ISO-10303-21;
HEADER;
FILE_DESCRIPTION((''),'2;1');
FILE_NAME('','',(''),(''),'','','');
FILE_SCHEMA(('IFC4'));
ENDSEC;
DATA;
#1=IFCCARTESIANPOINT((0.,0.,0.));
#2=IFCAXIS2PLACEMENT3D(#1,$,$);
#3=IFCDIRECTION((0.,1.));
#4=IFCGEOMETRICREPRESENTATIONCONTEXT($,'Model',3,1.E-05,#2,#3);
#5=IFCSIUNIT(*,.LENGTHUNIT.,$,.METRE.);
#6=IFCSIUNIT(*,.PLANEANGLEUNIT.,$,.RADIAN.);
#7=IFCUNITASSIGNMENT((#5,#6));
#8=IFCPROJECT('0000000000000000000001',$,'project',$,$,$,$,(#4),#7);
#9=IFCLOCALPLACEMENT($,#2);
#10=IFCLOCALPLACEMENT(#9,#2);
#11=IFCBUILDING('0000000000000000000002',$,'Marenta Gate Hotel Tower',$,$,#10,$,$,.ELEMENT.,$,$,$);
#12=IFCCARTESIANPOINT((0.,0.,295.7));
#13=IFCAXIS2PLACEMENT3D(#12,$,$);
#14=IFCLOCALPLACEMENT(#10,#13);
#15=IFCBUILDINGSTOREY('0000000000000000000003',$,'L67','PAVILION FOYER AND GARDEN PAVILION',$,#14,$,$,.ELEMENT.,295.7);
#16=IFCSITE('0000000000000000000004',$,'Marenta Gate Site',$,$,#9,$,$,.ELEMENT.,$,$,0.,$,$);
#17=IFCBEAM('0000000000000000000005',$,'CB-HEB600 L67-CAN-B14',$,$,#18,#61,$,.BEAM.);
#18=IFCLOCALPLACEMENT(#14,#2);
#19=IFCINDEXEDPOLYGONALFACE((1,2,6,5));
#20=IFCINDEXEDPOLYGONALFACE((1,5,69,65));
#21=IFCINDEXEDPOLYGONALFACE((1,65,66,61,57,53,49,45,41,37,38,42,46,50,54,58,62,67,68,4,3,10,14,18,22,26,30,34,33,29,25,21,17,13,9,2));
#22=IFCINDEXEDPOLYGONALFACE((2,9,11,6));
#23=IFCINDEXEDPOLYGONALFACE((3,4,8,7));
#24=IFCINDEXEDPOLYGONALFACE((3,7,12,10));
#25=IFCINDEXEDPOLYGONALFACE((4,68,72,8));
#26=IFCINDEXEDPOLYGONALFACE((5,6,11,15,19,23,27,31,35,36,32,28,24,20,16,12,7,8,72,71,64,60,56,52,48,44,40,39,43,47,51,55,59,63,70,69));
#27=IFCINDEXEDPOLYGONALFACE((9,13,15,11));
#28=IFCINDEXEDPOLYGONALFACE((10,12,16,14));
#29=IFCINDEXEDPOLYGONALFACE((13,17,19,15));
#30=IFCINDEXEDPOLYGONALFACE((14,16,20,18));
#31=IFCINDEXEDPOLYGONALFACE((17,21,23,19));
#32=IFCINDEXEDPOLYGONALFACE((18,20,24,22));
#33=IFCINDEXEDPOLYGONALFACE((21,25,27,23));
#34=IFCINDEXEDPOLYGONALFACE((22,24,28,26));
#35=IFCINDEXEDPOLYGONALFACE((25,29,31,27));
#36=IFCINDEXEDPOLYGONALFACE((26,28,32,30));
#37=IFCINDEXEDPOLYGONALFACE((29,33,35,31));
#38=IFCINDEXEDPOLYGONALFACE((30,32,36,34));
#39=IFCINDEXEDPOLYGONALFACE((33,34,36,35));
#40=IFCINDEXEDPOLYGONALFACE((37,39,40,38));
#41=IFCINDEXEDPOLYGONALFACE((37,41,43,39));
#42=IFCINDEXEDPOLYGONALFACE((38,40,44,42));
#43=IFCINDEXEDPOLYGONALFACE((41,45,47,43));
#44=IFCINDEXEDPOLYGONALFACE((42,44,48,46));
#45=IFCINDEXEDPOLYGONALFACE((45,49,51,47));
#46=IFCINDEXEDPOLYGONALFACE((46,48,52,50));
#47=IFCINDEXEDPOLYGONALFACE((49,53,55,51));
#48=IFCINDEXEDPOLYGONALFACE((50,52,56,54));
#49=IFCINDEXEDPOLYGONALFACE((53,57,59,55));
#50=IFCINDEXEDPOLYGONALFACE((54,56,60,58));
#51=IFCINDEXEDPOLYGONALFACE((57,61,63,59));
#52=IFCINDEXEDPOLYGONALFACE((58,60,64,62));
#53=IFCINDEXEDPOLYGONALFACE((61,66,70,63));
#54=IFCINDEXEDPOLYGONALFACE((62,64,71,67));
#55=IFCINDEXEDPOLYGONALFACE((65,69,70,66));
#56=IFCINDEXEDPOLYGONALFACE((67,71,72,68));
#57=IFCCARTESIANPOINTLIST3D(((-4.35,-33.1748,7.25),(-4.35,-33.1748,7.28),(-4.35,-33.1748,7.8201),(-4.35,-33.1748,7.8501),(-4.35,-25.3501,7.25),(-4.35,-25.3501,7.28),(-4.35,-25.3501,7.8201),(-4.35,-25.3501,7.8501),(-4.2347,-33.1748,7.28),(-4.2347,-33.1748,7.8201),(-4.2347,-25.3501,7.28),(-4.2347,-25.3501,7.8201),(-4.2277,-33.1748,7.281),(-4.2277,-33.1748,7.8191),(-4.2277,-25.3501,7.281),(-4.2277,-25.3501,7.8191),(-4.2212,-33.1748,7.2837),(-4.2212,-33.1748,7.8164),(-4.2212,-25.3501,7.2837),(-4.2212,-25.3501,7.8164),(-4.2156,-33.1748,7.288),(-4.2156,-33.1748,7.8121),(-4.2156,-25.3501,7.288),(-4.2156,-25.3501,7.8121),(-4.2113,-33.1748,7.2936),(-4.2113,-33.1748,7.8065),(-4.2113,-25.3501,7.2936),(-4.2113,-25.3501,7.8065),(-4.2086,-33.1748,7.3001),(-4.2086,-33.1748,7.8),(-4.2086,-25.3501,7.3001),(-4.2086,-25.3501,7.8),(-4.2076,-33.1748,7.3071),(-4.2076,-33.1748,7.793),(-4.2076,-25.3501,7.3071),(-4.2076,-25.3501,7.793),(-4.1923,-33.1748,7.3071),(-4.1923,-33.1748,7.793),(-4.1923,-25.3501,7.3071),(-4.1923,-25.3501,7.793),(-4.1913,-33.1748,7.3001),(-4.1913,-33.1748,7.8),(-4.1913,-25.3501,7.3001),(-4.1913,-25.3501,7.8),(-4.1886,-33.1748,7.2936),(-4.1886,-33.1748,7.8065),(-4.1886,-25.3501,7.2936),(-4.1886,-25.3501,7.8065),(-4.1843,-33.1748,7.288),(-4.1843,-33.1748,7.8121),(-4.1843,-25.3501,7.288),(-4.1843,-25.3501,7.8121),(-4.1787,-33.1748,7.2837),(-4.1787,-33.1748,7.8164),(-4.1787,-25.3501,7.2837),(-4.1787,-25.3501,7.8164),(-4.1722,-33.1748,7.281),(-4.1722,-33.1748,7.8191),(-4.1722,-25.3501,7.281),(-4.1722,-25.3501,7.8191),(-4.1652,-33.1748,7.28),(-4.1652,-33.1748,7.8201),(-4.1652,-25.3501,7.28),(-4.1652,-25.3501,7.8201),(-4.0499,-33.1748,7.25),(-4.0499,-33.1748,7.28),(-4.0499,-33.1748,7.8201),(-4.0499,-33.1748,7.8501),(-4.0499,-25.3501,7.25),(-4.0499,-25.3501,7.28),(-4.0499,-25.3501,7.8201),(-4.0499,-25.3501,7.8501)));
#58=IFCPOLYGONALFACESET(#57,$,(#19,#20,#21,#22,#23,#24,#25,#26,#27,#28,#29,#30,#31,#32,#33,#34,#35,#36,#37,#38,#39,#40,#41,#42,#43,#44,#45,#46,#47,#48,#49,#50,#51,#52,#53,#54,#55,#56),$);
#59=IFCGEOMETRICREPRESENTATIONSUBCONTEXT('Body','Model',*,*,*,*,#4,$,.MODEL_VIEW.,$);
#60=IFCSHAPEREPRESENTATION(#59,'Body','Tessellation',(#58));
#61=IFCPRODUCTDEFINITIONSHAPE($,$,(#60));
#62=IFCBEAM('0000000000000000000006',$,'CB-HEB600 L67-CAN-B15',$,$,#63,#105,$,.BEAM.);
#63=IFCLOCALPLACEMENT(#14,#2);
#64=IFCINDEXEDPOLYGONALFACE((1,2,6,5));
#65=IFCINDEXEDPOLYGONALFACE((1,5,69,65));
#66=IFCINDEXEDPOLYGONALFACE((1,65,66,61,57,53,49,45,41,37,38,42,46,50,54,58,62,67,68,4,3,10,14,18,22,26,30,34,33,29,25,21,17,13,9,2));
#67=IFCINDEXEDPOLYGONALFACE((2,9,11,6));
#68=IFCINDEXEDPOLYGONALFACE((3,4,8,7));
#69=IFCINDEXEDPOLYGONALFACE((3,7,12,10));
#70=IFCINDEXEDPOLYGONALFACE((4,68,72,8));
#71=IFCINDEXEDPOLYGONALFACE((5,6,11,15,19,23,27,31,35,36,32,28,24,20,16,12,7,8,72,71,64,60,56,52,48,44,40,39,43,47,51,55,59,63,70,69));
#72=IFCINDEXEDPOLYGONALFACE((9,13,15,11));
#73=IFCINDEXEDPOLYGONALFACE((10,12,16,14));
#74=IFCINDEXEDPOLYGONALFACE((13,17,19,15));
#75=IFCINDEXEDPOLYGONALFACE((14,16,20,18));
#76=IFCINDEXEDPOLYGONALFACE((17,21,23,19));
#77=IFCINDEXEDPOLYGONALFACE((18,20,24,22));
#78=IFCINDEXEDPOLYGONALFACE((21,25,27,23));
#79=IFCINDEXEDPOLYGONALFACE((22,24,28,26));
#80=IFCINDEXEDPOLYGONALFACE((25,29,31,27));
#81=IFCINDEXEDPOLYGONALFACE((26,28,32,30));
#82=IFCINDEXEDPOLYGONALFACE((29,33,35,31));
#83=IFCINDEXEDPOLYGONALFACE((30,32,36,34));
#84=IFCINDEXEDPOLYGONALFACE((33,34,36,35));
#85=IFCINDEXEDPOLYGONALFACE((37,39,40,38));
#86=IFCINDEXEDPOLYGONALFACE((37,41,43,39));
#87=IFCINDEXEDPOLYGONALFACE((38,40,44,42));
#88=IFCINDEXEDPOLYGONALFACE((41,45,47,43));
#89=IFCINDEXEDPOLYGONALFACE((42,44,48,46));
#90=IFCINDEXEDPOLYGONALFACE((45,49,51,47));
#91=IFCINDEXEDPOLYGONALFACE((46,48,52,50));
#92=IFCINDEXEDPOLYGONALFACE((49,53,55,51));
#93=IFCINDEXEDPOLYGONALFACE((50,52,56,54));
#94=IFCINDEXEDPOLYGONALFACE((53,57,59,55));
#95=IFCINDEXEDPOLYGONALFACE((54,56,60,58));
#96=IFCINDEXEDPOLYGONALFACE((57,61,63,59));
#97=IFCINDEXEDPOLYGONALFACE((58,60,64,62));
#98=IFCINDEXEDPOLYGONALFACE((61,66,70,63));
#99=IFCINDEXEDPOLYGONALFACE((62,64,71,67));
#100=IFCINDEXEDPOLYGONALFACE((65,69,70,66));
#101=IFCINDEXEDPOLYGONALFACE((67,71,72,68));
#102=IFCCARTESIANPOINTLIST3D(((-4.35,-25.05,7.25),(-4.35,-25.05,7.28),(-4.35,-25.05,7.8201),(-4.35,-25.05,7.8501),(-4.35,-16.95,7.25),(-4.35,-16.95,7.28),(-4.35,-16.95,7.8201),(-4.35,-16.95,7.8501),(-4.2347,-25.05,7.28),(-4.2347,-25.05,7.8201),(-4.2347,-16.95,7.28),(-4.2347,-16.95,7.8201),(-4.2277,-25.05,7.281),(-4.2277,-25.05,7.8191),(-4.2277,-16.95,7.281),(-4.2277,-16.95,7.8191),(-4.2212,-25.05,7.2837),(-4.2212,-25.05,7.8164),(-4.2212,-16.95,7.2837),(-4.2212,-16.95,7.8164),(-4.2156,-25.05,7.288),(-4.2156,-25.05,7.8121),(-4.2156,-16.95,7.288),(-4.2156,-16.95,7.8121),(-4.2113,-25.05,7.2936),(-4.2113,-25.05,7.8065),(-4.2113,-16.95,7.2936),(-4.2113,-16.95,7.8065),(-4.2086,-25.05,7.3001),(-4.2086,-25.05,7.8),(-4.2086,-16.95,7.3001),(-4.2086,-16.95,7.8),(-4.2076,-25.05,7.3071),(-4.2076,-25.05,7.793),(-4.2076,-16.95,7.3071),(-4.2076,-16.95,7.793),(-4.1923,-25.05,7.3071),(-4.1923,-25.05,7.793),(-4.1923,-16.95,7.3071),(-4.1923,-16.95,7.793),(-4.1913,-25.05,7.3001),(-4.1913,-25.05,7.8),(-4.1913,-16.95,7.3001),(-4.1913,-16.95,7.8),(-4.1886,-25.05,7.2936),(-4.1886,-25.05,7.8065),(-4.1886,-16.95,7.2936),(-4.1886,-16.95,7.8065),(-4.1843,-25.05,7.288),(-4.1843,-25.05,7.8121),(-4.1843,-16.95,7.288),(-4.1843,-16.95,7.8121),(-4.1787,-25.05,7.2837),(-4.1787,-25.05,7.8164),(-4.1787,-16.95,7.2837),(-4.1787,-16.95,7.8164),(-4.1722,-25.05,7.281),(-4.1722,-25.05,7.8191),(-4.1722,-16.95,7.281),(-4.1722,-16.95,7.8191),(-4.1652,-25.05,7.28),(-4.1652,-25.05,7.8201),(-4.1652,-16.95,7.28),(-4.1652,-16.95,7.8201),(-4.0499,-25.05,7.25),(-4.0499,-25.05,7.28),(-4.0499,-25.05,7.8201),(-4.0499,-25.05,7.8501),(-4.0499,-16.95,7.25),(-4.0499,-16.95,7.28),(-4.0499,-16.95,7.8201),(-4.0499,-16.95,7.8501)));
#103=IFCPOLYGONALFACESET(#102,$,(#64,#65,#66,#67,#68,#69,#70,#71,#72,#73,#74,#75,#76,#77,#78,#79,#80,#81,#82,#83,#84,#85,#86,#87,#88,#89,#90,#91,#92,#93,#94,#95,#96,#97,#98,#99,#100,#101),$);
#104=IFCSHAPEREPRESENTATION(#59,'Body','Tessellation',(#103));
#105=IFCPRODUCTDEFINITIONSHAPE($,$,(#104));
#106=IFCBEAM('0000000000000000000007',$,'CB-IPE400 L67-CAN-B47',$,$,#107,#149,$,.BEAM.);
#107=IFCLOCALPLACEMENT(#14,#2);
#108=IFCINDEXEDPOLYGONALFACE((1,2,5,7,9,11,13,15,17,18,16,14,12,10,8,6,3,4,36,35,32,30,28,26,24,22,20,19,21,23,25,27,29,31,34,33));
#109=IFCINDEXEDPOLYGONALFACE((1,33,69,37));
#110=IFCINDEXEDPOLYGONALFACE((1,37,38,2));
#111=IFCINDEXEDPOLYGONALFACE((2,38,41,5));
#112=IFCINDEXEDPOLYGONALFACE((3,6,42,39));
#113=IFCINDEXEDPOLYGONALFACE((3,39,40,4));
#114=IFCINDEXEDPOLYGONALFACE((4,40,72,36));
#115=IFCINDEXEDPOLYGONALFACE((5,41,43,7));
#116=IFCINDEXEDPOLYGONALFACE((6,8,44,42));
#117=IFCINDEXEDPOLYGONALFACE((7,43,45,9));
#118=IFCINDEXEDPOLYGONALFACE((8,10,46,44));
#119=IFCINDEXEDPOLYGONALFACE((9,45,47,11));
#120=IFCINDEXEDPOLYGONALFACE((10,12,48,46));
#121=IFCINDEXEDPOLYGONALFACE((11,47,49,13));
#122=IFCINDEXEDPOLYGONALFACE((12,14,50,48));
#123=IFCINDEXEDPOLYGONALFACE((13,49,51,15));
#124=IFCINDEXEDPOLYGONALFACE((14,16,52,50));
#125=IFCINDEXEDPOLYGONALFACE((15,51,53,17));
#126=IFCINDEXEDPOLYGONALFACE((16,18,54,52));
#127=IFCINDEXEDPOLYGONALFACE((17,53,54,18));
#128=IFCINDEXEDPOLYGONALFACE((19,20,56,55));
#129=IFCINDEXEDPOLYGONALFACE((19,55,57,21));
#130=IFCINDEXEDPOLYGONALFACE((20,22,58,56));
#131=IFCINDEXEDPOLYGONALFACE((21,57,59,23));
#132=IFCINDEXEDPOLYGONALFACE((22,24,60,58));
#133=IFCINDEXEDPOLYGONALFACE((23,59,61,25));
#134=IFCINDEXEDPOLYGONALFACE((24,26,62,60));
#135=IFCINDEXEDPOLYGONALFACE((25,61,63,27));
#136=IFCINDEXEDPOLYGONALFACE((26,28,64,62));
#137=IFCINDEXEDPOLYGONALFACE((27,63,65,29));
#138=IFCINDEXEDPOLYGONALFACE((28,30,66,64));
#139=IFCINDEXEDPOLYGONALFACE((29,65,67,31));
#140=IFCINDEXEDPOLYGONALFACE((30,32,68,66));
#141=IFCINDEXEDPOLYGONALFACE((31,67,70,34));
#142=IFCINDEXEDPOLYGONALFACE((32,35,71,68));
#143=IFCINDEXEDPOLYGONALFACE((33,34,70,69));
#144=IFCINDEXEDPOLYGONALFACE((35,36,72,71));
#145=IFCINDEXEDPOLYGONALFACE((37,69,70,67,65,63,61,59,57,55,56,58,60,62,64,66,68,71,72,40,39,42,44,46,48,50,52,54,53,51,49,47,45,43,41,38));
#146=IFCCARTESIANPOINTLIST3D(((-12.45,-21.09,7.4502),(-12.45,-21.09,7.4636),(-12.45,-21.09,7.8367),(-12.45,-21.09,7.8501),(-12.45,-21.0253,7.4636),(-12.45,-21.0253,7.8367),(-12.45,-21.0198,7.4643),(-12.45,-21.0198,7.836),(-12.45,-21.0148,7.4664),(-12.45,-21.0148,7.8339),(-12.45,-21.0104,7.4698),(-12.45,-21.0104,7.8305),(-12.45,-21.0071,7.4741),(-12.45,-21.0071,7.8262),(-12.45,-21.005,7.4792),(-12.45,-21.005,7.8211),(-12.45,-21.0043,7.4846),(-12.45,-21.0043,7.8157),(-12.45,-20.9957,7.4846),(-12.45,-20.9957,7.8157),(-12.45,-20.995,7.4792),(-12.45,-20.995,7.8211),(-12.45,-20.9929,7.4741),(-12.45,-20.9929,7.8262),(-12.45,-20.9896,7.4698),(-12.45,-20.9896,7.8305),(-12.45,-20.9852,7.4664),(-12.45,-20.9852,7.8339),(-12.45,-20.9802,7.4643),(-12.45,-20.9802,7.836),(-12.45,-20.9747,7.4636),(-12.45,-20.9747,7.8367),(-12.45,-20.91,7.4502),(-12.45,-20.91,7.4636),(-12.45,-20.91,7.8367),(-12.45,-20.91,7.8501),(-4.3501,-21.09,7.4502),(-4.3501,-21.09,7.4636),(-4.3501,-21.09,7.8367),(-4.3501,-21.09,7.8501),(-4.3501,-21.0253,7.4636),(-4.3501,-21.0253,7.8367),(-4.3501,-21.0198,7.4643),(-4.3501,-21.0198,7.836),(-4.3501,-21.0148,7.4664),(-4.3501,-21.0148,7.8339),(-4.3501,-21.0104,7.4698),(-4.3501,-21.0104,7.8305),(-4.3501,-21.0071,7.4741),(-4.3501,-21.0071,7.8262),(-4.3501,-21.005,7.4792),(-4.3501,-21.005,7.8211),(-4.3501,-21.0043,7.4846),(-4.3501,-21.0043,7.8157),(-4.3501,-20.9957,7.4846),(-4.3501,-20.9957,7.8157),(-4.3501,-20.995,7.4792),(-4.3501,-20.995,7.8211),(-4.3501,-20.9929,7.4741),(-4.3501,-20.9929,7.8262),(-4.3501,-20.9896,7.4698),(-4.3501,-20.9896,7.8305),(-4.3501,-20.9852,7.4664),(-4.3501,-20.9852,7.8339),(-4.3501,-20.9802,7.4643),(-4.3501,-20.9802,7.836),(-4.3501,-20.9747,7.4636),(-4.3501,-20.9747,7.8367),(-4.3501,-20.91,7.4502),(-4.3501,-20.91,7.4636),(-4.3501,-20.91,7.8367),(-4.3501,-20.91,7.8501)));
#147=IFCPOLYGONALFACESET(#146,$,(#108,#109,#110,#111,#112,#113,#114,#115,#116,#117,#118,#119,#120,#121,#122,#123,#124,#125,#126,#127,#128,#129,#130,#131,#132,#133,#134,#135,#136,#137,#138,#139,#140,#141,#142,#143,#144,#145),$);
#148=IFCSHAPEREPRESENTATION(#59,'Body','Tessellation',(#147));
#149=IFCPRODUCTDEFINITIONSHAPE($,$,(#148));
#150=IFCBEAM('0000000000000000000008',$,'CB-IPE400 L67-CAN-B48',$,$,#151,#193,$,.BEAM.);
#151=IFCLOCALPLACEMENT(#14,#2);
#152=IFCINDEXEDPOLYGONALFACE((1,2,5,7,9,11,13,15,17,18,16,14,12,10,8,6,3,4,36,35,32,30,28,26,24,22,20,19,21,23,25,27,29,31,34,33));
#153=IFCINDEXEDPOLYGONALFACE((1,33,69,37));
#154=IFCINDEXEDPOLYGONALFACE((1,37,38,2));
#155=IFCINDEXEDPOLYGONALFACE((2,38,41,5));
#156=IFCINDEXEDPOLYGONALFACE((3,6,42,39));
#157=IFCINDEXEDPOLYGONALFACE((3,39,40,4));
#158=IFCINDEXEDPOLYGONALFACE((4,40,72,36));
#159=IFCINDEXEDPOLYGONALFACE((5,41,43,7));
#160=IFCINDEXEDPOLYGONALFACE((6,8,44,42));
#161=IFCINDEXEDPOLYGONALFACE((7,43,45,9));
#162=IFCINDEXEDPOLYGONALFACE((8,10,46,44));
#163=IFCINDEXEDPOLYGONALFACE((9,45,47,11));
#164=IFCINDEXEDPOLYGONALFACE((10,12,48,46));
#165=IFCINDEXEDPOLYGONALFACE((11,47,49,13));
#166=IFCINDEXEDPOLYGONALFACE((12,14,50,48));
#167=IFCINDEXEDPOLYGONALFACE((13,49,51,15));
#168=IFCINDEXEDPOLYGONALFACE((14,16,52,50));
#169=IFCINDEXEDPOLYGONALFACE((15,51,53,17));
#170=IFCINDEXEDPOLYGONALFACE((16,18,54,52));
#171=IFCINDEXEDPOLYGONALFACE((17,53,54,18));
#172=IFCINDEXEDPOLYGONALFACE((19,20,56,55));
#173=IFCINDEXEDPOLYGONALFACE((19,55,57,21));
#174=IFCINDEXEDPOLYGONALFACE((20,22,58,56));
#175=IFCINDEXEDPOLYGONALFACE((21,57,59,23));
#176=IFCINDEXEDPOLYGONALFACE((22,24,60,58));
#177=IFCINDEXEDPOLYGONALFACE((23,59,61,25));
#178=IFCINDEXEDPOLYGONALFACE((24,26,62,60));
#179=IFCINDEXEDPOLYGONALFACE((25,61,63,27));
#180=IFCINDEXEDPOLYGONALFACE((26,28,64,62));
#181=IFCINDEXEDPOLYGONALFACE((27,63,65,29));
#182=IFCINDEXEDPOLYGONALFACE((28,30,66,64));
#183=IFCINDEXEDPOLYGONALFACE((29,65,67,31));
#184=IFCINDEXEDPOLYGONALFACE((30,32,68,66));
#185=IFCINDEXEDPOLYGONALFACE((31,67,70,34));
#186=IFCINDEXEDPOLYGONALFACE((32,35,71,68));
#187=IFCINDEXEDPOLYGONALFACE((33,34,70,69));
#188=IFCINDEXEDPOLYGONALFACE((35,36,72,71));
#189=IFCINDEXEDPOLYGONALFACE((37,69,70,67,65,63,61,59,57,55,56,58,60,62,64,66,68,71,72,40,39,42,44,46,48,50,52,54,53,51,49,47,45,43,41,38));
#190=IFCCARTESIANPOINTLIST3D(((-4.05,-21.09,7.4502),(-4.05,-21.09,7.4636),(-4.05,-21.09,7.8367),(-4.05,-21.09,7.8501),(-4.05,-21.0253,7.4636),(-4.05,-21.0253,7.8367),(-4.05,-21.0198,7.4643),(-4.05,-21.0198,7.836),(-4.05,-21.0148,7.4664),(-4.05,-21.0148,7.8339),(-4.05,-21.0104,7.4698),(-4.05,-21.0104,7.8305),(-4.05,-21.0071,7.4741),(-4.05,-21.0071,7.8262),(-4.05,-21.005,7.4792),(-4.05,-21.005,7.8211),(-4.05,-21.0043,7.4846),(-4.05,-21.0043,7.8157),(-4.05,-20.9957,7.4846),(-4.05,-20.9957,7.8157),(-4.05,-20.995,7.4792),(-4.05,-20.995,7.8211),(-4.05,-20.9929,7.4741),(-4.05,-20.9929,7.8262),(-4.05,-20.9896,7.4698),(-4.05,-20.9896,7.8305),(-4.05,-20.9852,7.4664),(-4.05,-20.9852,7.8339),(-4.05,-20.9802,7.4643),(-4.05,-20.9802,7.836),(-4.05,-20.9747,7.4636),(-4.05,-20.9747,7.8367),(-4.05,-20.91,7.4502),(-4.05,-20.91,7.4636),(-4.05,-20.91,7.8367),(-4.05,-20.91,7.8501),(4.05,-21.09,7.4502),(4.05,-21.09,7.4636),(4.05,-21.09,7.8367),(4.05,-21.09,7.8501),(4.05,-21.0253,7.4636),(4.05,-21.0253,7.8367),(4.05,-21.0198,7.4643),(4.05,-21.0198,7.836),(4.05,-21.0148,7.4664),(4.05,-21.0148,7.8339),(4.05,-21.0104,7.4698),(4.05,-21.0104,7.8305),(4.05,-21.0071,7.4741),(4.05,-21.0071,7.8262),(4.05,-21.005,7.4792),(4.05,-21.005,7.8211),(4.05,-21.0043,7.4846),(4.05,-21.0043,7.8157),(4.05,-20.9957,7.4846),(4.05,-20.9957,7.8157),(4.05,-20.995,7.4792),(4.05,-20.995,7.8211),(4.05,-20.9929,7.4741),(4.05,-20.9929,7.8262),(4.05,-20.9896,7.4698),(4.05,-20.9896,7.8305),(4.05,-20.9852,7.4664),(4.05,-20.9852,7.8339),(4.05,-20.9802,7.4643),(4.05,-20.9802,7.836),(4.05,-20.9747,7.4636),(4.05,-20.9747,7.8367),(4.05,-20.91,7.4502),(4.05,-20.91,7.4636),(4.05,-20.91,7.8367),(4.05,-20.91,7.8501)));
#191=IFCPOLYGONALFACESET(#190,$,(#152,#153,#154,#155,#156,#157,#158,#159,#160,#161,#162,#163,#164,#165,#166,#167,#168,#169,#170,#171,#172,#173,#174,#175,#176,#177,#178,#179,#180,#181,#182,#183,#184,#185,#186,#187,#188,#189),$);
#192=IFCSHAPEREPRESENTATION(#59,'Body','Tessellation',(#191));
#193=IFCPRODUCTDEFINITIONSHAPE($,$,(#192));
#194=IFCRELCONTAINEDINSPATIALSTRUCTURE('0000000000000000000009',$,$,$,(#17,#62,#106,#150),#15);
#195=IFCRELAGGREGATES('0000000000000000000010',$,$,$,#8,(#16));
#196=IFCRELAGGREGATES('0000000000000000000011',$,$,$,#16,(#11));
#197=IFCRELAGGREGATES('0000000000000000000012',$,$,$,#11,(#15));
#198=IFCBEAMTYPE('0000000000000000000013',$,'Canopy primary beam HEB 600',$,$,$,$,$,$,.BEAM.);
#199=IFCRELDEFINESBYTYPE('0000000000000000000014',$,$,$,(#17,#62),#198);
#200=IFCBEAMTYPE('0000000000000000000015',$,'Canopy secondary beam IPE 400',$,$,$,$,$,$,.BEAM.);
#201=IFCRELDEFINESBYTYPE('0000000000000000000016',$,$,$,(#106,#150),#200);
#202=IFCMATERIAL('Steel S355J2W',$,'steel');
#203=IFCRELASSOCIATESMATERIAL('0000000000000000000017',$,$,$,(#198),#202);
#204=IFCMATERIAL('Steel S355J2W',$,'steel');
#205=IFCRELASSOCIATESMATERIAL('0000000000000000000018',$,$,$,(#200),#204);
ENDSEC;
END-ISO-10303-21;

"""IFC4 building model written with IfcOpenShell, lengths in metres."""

from ifc_helpers import new_model, si_unit, direction, frame, origin, origin_2d, place, context, subcontext, project, spatial, i_section, extrude, material, material_profile, profile_set, type_object, element, save


model = new_model("IFC4")

# Units and contexts
model_context = context("Model", 3, precision=1e-05, world=origin(), true_north=direction((0.0, 1.0)))
body_context = subcontext(model_context, "Body", "Model", "MODEL_VIEW")
ifc_project = project(units=[si_unit("LENGTHUNIT", "METRE"), si_unit("PLANEANGLEUNIT", "RADIAN")], contexts=[model_context])

# Site, building, storey
site_placement = place(None, origin())
site = spatial("IfcSite", under=ifc_project, at=site_placement, Name="Marenta Gate Site", CompositionType="ELEMENT", RefElevation=0.0)
building_placement = place(site_placement, origin())
building = spatial("IfcBuilding", under=site, at=building_placement, Name="Marenta Gate Hotel Tower", CompositionType="ELEMENT")
storey_placement = place(building_placement, frame((0.0, 0.0, 295.7)))
storey = spatial("IfcBuildingStorey", under=building, at=storey_placement, Name="L67", Description="PAVILION FOYER AND GARDEN PAVILION", CompositionType="ELEMENT", Elevation=295.7)

# Beams
ifc_material_1 = material(Name="Steel S355J2W", Category="steel")
ifc_material_profile_1 = material_profile(ifc_material_1, i_section(OverallWidth=0.3, OverallDepth=0.6001, WebThickness=0.0154, FlangeThickness=0.03, FilletRadius=0.0271, at=origin_2d()), Name="HEB 600")
ifc_profile_set_1 = profile_set([ifc_material_profile_1], Name="Steel S355J2W")
beam_type_1 = type_object("IfcBeamType", Name="Canopy primary beam HEB 600", PredefinedType="BEAM", material=ifc_profile_set_1)
beam_1_placement = place(storey_placement, frame((-4.2, -33.1748, 7.55), z_axis=(0.0, 1.0, 0.0), x_axis=(-1.0, 0.0, 0.0)))
element("IfcBeam", 1, at=beam_1_placement, inside=storey, type_object=beam_type_1, Name="CB-HEB600 L67-CAN-B14", PredefinedType="BEAM", context=body_context, shape_type="SweptSolid", body=[
    extrude(i_section(OverallWidth=0.3, OverallDepth=0.6001, WebThickness=0.0154, FlangeThickness=0.03, FilletRadius=0.0271, at=origin_2d()), origin(), (0.0, 0.0, 1.0), 7.8247),
])
beam_2_placement = place(storey_placement, frame((-4.2, -25.05, 7.55), z_axis=(0.0, 1.0, 0.0), x_axis=(-1.0, 0.0, 0.0)))
element("IfcBeam", 2, at=beam_2_placement, inside=storey, type_object=beam_type_1, Name="CB-HEB600 L67-CAN-B15", PredefinedType="BEAM", context=body_context, shape_type="SweptSolid", body=[
    extrude(i_section(OverallWidth=0.3, OverallDepth=0.6001, WebThickness=0.0154, FlangeThickness=0.03, FilletRadius=0.0271, at=origin_2d()), origin(), (0.0, 0.0, 1.0), 8.1001),
])
ifc_material_2 = material(Name="Steel S355J2W", Category="steel")
ifc_material_profile_2 = material_profile(ifc_material_2, i_section(OverallWidth=0.1799, OverallDepth=0.3999, WebThickness=0.0085, FlangeThickness=0.0134, FilletRadius=0.021, at=origin_2d()), Name="IPE 400")
ifc_profile_set_2 = profile_set([ifc_material_profile_2], Name="Steel S355J2W")
beam_type_2 = type_object("IfcBeamType", Name="Canopy secondary beam IPE 400", PredefinedType="BEAM", material=ifc_profile_set_2)
beam_3_placement = place(storey_placement, frame((-12.45, -21.0, 7.6501), z_axis=(1.0, 0.0, 0.0), x_axis=(0.0, 1.0, 0.0)))
element("IfcBeam", 3, at=beam_3_placement, inside=storey, type_object=beam_type_2, Name="CB-IPE400 L67-CAN-B47", PredefinedType="BEAM", context=body_context, shape_type="SweptSolid", body=[
    extrude(i_section(OverallWidth=0.1799, OverallDepth=0.3999, WebThickness=0.0085, FlangeThickness=0.0134, FilletRadius=0.021, at=origin_2d()), origin(), (0.0, 0.0, 1.0), 8.0999),
])
beam_4_placement = place(storey_placement, frame((-4.05, -21.0, 7.6501), z_axis=(1.0, 0.0, 0.0), x_axis=(0.0, 1.0, 0.0)))
element("IfcBeam", 4, at=beam_4_placement, inside=storey, type_object=beam_type_2, Name="CB-IPE400 L67-CAN-B48", PredefinedType="BEAM", context=body_context, shape_type="SweptSolid", body=[
    extrude(i_section(OverallWidth=0.1799, OverallDepth=0.3999, WebThickness=0.0085, FlangeThickness=0.0134, FilletRadius=0.021, at=origin_2d()), origin(), (0.0, 0.0, 1.0), 8.1001),
])

save(model, "model.ifc")
